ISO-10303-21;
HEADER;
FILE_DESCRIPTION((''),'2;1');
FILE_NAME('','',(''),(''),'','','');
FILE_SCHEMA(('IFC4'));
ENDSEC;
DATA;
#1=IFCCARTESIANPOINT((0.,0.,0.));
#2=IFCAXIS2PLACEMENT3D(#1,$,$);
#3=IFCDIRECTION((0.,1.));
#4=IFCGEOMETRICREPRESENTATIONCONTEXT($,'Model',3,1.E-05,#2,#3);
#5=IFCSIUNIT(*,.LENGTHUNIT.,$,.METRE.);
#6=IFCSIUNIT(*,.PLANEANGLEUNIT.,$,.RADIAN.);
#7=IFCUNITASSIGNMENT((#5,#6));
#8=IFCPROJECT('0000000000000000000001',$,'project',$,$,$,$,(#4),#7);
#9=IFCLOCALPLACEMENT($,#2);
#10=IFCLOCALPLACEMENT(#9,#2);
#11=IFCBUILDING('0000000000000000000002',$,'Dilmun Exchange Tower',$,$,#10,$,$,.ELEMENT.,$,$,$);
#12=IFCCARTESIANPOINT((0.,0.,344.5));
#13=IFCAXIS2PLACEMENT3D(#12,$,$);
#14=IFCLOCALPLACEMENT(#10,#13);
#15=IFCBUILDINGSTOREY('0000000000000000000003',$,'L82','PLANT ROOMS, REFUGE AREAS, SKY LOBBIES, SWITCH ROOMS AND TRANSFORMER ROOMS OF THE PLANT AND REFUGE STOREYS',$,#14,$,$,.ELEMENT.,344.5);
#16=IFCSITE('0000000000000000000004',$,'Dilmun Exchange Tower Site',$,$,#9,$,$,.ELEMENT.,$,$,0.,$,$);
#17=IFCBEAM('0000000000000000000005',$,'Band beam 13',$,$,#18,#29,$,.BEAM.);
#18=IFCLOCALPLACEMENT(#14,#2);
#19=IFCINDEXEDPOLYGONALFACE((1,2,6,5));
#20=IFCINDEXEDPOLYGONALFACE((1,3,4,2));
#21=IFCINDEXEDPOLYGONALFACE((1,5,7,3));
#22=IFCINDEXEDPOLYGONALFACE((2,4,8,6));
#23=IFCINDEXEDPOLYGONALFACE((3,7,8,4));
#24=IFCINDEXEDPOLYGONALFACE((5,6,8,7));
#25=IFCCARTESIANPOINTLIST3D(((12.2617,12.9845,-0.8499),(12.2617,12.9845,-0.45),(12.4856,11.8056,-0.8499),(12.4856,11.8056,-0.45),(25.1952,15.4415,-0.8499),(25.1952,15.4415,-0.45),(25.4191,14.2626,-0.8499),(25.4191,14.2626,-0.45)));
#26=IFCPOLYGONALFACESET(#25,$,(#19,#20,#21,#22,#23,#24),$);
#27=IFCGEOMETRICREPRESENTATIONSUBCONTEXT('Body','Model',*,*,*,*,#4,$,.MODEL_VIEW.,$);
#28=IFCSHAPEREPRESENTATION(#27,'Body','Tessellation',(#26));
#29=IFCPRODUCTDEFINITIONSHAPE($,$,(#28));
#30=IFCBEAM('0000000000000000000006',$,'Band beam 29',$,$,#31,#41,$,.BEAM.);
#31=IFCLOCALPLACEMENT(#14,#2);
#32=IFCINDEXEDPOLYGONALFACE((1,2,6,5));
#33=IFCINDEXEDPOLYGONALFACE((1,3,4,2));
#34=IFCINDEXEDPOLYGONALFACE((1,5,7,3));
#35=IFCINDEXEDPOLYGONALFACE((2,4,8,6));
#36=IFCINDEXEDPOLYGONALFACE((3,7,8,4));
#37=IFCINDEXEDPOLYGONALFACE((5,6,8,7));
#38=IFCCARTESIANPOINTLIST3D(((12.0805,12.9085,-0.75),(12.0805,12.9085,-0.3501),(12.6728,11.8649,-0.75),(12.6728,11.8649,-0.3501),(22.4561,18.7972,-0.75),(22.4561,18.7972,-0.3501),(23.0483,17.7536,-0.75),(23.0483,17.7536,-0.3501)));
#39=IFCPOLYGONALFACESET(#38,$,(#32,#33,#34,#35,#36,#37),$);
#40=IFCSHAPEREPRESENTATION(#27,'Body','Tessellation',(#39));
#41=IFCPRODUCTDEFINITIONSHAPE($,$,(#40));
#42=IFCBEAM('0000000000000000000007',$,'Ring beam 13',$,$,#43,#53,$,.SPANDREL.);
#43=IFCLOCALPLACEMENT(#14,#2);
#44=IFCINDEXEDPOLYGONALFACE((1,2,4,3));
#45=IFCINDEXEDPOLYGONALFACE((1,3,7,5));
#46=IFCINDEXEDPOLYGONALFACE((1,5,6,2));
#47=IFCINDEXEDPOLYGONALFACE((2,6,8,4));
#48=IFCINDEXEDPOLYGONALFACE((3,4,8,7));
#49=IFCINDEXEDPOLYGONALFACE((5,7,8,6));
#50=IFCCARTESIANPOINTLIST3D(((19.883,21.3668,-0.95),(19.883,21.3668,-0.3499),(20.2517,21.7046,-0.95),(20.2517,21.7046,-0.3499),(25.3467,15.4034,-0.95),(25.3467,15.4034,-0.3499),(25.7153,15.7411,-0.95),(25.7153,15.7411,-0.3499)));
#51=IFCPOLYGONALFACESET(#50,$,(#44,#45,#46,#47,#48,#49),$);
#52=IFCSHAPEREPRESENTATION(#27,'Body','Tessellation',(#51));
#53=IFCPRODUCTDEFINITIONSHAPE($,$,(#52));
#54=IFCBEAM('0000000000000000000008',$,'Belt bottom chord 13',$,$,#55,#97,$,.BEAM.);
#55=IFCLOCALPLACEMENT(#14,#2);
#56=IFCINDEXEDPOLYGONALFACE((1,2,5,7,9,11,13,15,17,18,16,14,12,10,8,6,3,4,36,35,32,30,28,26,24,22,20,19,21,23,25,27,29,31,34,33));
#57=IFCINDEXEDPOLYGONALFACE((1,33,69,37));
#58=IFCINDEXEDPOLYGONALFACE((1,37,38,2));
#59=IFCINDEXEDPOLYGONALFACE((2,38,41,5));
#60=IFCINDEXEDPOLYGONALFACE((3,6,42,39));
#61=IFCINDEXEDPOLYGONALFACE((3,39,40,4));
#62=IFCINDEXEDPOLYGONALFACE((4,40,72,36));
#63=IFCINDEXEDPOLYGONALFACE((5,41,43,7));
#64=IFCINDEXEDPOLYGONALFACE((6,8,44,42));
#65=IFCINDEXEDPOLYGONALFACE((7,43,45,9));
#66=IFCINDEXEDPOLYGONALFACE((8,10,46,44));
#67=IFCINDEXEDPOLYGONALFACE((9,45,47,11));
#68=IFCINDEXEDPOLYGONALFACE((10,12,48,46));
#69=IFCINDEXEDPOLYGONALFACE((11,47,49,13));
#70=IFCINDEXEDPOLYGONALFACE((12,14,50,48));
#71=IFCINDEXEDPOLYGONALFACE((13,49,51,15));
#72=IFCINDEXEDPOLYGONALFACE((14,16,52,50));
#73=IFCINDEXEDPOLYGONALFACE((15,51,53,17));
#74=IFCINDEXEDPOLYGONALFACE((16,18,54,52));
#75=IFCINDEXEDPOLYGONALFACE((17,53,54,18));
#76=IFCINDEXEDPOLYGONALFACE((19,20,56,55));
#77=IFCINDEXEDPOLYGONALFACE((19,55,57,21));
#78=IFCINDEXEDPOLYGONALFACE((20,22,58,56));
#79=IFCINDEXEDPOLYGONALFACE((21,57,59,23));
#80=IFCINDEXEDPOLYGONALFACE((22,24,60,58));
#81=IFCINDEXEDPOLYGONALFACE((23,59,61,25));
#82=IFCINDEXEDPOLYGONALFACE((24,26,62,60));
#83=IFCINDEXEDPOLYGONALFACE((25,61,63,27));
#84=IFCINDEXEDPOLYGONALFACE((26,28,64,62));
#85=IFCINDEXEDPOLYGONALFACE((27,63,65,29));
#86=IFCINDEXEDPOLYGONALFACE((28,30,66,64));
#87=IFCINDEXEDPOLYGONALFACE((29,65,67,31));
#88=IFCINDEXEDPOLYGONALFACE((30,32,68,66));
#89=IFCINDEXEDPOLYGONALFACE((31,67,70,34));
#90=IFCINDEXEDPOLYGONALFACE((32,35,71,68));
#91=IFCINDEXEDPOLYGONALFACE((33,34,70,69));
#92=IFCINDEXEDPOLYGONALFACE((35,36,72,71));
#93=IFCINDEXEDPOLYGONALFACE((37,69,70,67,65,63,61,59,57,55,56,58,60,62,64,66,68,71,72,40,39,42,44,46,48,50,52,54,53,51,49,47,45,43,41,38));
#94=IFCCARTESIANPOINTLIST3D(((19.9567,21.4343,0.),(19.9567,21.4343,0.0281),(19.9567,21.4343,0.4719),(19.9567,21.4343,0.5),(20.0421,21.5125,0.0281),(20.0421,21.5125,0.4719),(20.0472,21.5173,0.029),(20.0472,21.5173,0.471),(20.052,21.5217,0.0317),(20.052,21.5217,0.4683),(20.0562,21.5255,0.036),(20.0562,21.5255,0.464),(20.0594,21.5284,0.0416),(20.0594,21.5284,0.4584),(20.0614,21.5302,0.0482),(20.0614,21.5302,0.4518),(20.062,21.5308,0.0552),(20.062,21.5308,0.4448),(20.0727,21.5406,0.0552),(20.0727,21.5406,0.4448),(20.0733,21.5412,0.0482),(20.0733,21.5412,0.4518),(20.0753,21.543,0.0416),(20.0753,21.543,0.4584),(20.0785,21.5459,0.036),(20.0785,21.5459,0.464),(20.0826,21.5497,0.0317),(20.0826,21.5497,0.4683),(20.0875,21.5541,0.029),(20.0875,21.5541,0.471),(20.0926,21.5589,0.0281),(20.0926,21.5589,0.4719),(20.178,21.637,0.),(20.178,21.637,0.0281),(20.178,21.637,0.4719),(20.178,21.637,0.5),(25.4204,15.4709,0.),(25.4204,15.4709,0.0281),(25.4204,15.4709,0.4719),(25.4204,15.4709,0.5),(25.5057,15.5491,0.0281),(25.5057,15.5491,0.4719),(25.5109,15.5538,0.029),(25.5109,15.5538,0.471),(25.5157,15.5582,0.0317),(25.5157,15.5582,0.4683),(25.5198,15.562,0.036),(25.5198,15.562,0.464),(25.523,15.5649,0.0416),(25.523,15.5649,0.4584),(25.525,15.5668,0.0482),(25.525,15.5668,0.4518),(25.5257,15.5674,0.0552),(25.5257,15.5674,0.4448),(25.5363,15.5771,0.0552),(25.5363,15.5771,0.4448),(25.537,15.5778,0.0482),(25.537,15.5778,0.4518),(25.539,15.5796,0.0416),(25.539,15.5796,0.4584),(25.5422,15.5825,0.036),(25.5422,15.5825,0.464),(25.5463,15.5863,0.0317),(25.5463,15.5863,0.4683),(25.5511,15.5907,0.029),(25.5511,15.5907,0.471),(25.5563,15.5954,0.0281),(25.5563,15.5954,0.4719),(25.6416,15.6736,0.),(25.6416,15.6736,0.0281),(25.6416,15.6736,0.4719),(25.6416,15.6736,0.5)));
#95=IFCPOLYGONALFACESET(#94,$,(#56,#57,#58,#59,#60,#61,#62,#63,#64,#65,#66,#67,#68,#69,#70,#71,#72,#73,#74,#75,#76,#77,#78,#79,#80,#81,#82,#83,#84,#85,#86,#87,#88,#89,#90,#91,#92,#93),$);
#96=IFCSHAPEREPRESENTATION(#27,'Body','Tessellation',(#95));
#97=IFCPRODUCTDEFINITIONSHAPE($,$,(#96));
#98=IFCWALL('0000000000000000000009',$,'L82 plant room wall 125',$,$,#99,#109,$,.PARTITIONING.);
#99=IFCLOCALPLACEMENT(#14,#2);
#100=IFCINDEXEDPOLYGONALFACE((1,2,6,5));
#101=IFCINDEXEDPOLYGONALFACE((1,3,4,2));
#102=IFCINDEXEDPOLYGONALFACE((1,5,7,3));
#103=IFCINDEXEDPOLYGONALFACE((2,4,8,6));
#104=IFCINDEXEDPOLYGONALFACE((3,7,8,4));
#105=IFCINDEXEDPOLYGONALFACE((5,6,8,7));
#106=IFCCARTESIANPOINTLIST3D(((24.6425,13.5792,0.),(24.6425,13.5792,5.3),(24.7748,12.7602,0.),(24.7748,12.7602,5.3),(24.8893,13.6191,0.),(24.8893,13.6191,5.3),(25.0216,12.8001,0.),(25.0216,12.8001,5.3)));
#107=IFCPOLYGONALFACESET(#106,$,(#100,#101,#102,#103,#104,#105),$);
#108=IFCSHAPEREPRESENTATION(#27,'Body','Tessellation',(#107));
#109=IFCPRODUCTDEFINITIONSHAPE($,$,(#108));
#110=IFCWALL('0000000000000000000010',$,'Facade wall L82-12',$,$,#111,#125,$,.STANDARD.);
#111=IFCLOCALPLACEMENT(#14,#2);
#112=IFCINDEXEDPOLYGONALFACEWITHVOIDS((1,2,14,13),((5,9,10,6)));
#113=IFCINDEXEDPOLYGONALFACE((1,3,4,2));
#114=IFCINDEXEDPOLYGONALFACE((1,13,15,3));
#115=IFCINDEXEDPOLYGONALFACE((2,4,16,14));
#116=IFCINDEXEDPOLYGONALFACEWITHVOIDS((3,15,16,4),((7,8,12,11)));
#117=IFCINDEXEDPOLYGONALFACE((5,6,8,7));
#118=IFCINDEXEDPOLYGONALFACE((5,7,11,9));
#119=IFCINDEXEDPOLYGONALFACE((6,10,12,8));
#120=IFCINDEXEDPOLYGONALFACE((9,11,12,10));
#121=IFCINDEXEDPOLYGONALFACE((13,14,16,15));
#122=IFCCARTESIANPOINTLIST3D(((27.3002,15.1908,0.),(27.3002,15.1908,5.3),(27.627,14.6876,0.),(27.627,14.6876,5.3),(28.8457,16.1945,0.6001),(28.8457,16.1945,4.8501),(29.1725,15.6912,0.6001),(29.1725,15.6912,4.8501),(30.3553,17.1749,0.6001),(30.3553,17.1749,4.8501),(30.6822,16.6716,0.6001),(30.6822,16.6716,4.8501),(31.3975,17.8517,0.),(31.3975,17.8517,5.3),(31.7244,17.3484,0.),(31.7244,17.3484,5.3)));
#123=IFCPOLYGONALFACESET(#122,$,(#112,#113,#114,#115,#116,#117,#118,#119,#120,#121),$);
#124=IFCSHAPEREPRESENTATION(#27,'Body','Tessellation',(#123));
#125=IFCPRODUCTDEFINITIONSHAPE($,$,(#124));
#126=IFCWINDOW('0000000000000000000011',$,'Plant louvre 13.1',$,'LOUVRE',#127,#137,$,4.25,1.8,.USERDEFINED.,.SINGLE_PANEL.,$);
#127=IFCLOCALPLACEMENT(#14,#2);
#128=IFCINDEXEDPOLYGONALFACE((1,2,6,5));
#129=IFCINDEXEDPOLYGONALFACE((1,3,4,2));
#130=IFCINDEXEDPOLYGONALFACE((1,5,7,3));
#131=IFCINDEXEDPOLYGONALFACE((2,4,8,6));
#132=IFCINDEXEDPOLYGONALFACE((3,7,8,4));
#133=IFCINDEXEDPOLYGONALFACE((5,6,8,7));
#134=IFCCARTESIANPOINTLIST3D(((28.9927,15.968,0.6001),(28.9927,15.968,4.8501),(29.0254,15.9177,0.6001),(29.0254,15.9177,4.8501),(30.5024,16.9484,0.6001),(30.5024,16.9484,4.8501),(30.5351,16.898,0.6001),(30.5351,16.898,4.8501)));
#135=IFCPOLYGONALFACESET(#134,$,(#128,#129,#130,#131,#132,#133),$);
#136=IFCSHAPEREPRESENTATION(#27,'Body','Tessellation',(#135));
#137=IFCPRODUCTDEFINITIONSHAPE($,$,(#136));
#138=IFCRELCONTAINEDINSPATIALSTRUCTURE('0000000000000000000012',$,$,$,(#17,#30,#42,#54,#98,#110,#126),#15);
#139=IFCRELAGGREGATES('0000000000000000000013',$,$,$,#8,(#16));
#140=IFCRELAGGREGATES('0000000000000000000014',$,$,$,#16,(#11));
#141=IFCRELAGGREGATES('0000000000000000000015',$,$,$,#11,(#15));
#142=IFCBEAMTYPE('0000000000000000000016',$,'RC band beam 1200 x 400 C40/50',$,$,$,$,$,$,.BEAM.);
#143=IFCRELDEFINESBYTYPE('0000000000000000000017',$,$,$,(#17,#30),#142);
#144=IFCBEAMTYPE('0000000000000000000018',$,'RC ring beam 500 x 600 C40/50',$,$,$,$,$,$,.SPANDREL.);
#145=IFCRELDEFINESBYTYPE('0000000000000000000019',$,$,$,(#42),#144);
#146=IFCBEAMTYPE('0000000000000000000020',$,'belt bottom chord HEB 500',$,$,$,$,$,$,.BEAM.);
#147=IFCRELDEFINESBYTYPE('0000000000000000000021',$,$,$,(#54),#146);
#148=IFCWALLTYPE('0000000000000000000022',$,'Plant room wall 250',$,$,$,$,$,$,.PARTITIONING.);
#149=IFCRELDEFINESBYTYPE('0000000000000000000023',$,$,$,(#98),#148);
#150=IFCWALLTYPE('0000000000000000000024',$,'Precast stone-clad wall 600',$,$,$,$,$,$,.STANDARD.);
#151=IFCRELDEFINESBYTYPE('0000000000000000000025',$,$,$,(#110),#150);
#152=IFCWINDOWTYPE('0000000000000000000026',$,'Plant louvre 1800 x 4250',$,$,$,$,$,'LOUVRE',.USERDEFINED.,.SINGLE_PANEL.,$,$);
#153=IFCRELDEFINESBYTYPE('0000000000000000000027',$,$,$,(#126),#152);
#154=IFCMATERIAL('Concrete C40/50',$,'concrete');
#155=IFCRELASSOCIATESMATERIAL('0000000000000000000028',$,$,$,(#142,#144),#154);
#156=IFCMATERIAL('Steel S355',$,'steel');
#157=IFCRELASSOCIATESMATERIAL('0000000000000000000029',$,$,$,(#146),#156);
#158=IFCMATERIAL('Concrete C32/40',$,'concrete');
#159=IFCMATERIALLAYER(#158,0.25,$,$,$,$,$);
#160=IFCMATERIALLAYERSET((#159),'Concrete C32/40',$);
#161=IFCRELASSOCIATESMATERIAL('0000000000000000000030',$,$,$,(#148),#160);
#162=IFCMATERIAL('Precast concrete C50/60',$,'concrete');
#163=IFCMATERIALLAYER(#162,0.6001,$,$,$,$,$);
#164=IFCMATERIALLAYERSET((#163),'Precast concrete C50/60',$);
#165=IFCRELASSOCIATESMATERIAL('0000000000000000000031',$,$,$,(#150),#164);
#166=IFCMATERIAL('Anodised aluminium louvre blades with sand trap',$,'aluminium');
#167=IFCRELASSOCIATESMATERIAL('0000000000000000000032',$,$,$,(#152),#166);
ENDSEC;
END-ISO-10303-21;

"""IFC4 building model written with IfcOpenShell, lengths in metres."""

from ifc_helpers import new_model, si_unit, direction, frame, frame_2d, origin, origin_2d, place, context, subcontext, project, spatial, rectangle, i_section, extrude, material, layer, layer_set, material_profile, profile_set, type_object, element, fill, save


model = new_model("IFC4")

# Units and contexts
model_context = context("Model", 3, precision=1e-05, world=origin(), true_north=direction((0.0, 1.0)))
body_context = subcontext(model_context, "Body", "Model", "MODEL_VIEW")
ifc_project = project(units=[si_unit("LENGTHUNIT", "METRE"), si_unit("PLANEANGLEUNIT", "RADIAN")], contexts=[model_context])

# Site, building, storey
site_placement = place(None, origin())
site = spatial("IfcSite", under=ifc_project, at=site_placement, Name="Dilmun Exchange Tower Site", CompositionType="ELEMENT", RefElevation=0.0)
building_placement = place(site_placement, origin())
building = spatial("IfcBuilding", under=site, at=building_placement, Name="Dilmun Exchange Tower", CompositionType="ELEMENT")
storey_placement = place(building_placement, frame((0.0, 0.0, 344.5)))
storey = spatial("IfcBuildingStorey", under=building, at=storey_placement, Name="L82", Description="PLANT ROOMS, REFUGE AREAS, SKY LOBBIES, SWITCH ROOMS AND TRANSFORMER ROOMS OF THE PLANT AND REFUGE STOREYS", CompositionType="ELEMENT", Elevation=344.5)

# Beams
ifc_material_1 = material(Name="Concrete C40/50", Category="concrete")
ifc_material_profile_1 = material_profile(ifc_material_1, rectangle(XDim=1.2, YDim=0.3999, at=origin_2d()), Name="1200 x 400")
ifc_profile_set_1 = profile_set([ifc_material_profile_1], Name="Concrete C40/50")
beam_type_1 = type_object("IfcBeamType", Name="RC band beam 1200 x 400 C40/50", PredefinedType="BEAM", material=ifc_profile_set_1)
beam_1_placement = place(storey_placement, frame((25.3071, 14.8521, -0.6499), z_axis=(-0.982429, -0.186635, 0.0), x_axis=(0.186635, -0.982429, 0.0)))
element("IfcBeam", 1, at=beam_1_placement, inside=storey, type_object=beam_type_1, Name="Band beam 13", PredefinedType="BEAM", context=body_context, shape_type="SweptSolid", body=[
    extrude(rectangle(XDim=1.2, YDim=0.3999, at=origin_2d()), origin(), (0.0, 0.0, 1.0), 13.1648),
])
beam_2_placement = place(storey_placement, frame((22.7522, 18.2754, -0.55), z_axis=(-0.86969, -0.493598, 0.0), x_axis=(0.493598, -0.86969, 0.0)))
element("IfcBeam", 2, at=beam_2_placement, inside=storey, type_object=beam_type_1, Name="Band beam 29", PredefinedType="BEAM", context=body_context, shape_type="SweptSolid", body=[
    extrude(rectangle(XDim=1.2, YDim=0.3999, at=origin_2d()), origin(), (0.0, 0.0, 1.0), 11.9302),
])
ifc_material_profile_2 = material_profile(ifc_material_1, rectangle(XDim=0.5, YDim=0.6001, at=origin_2d()), Name="500 x 600")
ifc_profile_set_2 = profile_set([ifc_material_profile_2], Name="Concrete C40/50")
beam_type_2 = type_object("IfcBeamType", Name="RC ring beam 500 x 600 C40/50", PredefinedType="SPANDREL", material=ifc_profile_set_2)
beam_3_placement = place(storey_placement, frame((25.531, 15.5723, -0.6499), z_axis=(-0.675536, 0.737327, 0.0), x_axis=(-0.737327, -0.675536, 0.0)))
element("IfcBeam", 3, at=beam_3_placement, inside=storey, type_object=beam_type_2, Name="Ring beam 13", PredefinedType="SPANDREL", context=body_context, shape_type="SweptSolid", body=[
    extrude(rectangle(XDim=0.5, YDim=0.6001, at=origin_2d()), origin(), (0.0, 0.0, 1.0), 8.0879),
])
ifc_material_2 = material(Name="Steel S355", Category="steel")
ifc_material_profile_3 = material_profile(ifc_material_2, i_section(OverallWidth=0.3, OverallDepth=0.5, WebThickness=0.0144, FlangeThickness=0.0281, FilletRadius=0.0271, at=origin_2d()), Name="HEB 500")
ifc_profile_set_3 = profile_set([ifc_material_profile_3], Name="Steel S355")
beam_type_3 = type_object("IfcBeamType", Name="belt bottom chord HEB 500", PredefinedType="BEAM", material=ifc_profile_set_3)
beam_4_placement = place(storey_placement, frame((25.531, 15.5723, 0.25), z_axis=(-0.675536, 0.737327, 0.0), x_axis=(-0.737327, -0.675536, 0.0)))
element("IfcBeam", 4, at=beam_4_placement, inside=storey, type_object=beam_type_3, Name="Belt bottom chord 13", PredefinedType="BEAM", context=body_context, shape_type="SweptSolid", body=[
    extrude(i_section(OverallWidth=0.3, OverallDepth=0.5, WebThickness=0.0144, FlangeThickness=0.0281, FilletRadius=0.0271, at=origin_2d()), origin(), (0.0, 0.0, 1.0), 8.0879),
])

# Wall
ifc_material_3 = material(Name="Concrete C32/40", Category="concrete")
ifc_layer_1 = layer(ifc_material_3, 0.25)
ifc_layer_set_1 = layer_set([ifc_layer_1], Name="Concrete C32/40")
wall_type_1 = type_object("IfcWallType", Name="Plant room wall 250", PredefinedType="PARTITIONING", material=ifc_layer_set_1)
wall_1_placement = place(storey_placement, frame((24.7659, 13.5991, 0.0), z_axis=(0.0, 0.0, 1.0), x_axis=(0.159529, -0.987193, 0.0)))
element("IfcWall", 5, at=wall_1_placement, inside=storey, type_object=wall_type_1, Name="L82 plant room wall 125", PredefinedType="PARTITIONING", context=body_context, shape_type="SweptSolid", body=[
    extrude(rectangle(XDim=0.8296, YDim=0.25, at=frame_2d((0.4148, 0.0))), origin(), (0.0, 0.0, 1.0), 5.3),
])

# Wall, opening, window
ifc_material_4 = material(Name="Precast concrete C50/60", Category="concrete")
ifc_layer_2 = layer(ifc_material_4, 0.6001)
ifc_layer_set_2 = layer_set([ifc_layer_2], Name="Precast concrete C50/60")
wall_type_2 = type_object("IfcWallType", Name="Precast stone-clad wall 600", PredefinedType="STANDARD", material=ifc_layer_set_2)
wall_2_placement = place(storey_placement, frame((31.561, 17.6001, 0.0), z_axis=(0.0, 0.0, 1.0), x_axis=(-0.838671, -0.544639, 0.0)))
wall_2 = element("IfcWall", 6, at=wall_2_placement, inside=storey, type_object=wall_type_2, Name="Facade wall L82-12", PredefinedType="STANDARD", context=body_context, shape_type="SweptSolid", body=[
    extrude(rectangle(XDim=4.8855, YDim=0.6001, at=frame_2d((2.4429, 0.0))), origin(), (0.0, 0.0, 1.0), 5.3),
])
opening_1_placement = place(wall_2_placement, frame((1.2429, 0.0, 0.6001)))
opening_1 = element("IfcOpeningElement", 7, at=opening_1_placement, cuts=wall_2, PredefinedType="OPENING", context=body_context, shape_type="SweptSolid", body=[
    extrude(rectangle(XDim=1.8, YDim=4.25, at=frame_2d((0.8999, 2.125))), frame((0.0, 0.3101, 0.0), z_axis=(0.0, -1.0, 0.0), x_axis=(1.0, 0.0, 0.0)), (0.0, 0.0, 1.0), 0.6201),
])
ifc_material_5 = material(Name="Anodised aluminium louvre blades with sand trap", Category="aluminium")
window_type_1 = type_object("IfcWindowType", Name="Plant louvre 1800 x 4250", ElementType="LOUVRE", PartitioningType="SINGLE_PANEL", PredefinedType="USERDEFINED", material=ifc_material_5)
window_1_placement = place(opening_1_placement, origin())
window_1 = element("IfcWindow", 8, at=window_1_placement, inside=storey, type_object=window_type_1, Name="Plant louvre 13.1", ObjectType="LOUVRE", OverallHeight=4.25, OverallWidth=1.8, PartitioningType="SINGLE_PANEL", PredefinedType="USERDEFINED", context=body_context, shape_type="SweptSolid", body=[
    extrude(rectangle(XDim=1.8, YDim=4.25, at=frame_2d((0.8999, 2.125))), frame((0.0, 0.03, 0.0), z_axis=(0.0, -1.0, 0.0), x_axis=(1.0, 0.0, 0.0)), (0.0, 0.0, 1.0), 0.0601),
])
fill(opening_1, window_1)

save(model, "model.ifc")
